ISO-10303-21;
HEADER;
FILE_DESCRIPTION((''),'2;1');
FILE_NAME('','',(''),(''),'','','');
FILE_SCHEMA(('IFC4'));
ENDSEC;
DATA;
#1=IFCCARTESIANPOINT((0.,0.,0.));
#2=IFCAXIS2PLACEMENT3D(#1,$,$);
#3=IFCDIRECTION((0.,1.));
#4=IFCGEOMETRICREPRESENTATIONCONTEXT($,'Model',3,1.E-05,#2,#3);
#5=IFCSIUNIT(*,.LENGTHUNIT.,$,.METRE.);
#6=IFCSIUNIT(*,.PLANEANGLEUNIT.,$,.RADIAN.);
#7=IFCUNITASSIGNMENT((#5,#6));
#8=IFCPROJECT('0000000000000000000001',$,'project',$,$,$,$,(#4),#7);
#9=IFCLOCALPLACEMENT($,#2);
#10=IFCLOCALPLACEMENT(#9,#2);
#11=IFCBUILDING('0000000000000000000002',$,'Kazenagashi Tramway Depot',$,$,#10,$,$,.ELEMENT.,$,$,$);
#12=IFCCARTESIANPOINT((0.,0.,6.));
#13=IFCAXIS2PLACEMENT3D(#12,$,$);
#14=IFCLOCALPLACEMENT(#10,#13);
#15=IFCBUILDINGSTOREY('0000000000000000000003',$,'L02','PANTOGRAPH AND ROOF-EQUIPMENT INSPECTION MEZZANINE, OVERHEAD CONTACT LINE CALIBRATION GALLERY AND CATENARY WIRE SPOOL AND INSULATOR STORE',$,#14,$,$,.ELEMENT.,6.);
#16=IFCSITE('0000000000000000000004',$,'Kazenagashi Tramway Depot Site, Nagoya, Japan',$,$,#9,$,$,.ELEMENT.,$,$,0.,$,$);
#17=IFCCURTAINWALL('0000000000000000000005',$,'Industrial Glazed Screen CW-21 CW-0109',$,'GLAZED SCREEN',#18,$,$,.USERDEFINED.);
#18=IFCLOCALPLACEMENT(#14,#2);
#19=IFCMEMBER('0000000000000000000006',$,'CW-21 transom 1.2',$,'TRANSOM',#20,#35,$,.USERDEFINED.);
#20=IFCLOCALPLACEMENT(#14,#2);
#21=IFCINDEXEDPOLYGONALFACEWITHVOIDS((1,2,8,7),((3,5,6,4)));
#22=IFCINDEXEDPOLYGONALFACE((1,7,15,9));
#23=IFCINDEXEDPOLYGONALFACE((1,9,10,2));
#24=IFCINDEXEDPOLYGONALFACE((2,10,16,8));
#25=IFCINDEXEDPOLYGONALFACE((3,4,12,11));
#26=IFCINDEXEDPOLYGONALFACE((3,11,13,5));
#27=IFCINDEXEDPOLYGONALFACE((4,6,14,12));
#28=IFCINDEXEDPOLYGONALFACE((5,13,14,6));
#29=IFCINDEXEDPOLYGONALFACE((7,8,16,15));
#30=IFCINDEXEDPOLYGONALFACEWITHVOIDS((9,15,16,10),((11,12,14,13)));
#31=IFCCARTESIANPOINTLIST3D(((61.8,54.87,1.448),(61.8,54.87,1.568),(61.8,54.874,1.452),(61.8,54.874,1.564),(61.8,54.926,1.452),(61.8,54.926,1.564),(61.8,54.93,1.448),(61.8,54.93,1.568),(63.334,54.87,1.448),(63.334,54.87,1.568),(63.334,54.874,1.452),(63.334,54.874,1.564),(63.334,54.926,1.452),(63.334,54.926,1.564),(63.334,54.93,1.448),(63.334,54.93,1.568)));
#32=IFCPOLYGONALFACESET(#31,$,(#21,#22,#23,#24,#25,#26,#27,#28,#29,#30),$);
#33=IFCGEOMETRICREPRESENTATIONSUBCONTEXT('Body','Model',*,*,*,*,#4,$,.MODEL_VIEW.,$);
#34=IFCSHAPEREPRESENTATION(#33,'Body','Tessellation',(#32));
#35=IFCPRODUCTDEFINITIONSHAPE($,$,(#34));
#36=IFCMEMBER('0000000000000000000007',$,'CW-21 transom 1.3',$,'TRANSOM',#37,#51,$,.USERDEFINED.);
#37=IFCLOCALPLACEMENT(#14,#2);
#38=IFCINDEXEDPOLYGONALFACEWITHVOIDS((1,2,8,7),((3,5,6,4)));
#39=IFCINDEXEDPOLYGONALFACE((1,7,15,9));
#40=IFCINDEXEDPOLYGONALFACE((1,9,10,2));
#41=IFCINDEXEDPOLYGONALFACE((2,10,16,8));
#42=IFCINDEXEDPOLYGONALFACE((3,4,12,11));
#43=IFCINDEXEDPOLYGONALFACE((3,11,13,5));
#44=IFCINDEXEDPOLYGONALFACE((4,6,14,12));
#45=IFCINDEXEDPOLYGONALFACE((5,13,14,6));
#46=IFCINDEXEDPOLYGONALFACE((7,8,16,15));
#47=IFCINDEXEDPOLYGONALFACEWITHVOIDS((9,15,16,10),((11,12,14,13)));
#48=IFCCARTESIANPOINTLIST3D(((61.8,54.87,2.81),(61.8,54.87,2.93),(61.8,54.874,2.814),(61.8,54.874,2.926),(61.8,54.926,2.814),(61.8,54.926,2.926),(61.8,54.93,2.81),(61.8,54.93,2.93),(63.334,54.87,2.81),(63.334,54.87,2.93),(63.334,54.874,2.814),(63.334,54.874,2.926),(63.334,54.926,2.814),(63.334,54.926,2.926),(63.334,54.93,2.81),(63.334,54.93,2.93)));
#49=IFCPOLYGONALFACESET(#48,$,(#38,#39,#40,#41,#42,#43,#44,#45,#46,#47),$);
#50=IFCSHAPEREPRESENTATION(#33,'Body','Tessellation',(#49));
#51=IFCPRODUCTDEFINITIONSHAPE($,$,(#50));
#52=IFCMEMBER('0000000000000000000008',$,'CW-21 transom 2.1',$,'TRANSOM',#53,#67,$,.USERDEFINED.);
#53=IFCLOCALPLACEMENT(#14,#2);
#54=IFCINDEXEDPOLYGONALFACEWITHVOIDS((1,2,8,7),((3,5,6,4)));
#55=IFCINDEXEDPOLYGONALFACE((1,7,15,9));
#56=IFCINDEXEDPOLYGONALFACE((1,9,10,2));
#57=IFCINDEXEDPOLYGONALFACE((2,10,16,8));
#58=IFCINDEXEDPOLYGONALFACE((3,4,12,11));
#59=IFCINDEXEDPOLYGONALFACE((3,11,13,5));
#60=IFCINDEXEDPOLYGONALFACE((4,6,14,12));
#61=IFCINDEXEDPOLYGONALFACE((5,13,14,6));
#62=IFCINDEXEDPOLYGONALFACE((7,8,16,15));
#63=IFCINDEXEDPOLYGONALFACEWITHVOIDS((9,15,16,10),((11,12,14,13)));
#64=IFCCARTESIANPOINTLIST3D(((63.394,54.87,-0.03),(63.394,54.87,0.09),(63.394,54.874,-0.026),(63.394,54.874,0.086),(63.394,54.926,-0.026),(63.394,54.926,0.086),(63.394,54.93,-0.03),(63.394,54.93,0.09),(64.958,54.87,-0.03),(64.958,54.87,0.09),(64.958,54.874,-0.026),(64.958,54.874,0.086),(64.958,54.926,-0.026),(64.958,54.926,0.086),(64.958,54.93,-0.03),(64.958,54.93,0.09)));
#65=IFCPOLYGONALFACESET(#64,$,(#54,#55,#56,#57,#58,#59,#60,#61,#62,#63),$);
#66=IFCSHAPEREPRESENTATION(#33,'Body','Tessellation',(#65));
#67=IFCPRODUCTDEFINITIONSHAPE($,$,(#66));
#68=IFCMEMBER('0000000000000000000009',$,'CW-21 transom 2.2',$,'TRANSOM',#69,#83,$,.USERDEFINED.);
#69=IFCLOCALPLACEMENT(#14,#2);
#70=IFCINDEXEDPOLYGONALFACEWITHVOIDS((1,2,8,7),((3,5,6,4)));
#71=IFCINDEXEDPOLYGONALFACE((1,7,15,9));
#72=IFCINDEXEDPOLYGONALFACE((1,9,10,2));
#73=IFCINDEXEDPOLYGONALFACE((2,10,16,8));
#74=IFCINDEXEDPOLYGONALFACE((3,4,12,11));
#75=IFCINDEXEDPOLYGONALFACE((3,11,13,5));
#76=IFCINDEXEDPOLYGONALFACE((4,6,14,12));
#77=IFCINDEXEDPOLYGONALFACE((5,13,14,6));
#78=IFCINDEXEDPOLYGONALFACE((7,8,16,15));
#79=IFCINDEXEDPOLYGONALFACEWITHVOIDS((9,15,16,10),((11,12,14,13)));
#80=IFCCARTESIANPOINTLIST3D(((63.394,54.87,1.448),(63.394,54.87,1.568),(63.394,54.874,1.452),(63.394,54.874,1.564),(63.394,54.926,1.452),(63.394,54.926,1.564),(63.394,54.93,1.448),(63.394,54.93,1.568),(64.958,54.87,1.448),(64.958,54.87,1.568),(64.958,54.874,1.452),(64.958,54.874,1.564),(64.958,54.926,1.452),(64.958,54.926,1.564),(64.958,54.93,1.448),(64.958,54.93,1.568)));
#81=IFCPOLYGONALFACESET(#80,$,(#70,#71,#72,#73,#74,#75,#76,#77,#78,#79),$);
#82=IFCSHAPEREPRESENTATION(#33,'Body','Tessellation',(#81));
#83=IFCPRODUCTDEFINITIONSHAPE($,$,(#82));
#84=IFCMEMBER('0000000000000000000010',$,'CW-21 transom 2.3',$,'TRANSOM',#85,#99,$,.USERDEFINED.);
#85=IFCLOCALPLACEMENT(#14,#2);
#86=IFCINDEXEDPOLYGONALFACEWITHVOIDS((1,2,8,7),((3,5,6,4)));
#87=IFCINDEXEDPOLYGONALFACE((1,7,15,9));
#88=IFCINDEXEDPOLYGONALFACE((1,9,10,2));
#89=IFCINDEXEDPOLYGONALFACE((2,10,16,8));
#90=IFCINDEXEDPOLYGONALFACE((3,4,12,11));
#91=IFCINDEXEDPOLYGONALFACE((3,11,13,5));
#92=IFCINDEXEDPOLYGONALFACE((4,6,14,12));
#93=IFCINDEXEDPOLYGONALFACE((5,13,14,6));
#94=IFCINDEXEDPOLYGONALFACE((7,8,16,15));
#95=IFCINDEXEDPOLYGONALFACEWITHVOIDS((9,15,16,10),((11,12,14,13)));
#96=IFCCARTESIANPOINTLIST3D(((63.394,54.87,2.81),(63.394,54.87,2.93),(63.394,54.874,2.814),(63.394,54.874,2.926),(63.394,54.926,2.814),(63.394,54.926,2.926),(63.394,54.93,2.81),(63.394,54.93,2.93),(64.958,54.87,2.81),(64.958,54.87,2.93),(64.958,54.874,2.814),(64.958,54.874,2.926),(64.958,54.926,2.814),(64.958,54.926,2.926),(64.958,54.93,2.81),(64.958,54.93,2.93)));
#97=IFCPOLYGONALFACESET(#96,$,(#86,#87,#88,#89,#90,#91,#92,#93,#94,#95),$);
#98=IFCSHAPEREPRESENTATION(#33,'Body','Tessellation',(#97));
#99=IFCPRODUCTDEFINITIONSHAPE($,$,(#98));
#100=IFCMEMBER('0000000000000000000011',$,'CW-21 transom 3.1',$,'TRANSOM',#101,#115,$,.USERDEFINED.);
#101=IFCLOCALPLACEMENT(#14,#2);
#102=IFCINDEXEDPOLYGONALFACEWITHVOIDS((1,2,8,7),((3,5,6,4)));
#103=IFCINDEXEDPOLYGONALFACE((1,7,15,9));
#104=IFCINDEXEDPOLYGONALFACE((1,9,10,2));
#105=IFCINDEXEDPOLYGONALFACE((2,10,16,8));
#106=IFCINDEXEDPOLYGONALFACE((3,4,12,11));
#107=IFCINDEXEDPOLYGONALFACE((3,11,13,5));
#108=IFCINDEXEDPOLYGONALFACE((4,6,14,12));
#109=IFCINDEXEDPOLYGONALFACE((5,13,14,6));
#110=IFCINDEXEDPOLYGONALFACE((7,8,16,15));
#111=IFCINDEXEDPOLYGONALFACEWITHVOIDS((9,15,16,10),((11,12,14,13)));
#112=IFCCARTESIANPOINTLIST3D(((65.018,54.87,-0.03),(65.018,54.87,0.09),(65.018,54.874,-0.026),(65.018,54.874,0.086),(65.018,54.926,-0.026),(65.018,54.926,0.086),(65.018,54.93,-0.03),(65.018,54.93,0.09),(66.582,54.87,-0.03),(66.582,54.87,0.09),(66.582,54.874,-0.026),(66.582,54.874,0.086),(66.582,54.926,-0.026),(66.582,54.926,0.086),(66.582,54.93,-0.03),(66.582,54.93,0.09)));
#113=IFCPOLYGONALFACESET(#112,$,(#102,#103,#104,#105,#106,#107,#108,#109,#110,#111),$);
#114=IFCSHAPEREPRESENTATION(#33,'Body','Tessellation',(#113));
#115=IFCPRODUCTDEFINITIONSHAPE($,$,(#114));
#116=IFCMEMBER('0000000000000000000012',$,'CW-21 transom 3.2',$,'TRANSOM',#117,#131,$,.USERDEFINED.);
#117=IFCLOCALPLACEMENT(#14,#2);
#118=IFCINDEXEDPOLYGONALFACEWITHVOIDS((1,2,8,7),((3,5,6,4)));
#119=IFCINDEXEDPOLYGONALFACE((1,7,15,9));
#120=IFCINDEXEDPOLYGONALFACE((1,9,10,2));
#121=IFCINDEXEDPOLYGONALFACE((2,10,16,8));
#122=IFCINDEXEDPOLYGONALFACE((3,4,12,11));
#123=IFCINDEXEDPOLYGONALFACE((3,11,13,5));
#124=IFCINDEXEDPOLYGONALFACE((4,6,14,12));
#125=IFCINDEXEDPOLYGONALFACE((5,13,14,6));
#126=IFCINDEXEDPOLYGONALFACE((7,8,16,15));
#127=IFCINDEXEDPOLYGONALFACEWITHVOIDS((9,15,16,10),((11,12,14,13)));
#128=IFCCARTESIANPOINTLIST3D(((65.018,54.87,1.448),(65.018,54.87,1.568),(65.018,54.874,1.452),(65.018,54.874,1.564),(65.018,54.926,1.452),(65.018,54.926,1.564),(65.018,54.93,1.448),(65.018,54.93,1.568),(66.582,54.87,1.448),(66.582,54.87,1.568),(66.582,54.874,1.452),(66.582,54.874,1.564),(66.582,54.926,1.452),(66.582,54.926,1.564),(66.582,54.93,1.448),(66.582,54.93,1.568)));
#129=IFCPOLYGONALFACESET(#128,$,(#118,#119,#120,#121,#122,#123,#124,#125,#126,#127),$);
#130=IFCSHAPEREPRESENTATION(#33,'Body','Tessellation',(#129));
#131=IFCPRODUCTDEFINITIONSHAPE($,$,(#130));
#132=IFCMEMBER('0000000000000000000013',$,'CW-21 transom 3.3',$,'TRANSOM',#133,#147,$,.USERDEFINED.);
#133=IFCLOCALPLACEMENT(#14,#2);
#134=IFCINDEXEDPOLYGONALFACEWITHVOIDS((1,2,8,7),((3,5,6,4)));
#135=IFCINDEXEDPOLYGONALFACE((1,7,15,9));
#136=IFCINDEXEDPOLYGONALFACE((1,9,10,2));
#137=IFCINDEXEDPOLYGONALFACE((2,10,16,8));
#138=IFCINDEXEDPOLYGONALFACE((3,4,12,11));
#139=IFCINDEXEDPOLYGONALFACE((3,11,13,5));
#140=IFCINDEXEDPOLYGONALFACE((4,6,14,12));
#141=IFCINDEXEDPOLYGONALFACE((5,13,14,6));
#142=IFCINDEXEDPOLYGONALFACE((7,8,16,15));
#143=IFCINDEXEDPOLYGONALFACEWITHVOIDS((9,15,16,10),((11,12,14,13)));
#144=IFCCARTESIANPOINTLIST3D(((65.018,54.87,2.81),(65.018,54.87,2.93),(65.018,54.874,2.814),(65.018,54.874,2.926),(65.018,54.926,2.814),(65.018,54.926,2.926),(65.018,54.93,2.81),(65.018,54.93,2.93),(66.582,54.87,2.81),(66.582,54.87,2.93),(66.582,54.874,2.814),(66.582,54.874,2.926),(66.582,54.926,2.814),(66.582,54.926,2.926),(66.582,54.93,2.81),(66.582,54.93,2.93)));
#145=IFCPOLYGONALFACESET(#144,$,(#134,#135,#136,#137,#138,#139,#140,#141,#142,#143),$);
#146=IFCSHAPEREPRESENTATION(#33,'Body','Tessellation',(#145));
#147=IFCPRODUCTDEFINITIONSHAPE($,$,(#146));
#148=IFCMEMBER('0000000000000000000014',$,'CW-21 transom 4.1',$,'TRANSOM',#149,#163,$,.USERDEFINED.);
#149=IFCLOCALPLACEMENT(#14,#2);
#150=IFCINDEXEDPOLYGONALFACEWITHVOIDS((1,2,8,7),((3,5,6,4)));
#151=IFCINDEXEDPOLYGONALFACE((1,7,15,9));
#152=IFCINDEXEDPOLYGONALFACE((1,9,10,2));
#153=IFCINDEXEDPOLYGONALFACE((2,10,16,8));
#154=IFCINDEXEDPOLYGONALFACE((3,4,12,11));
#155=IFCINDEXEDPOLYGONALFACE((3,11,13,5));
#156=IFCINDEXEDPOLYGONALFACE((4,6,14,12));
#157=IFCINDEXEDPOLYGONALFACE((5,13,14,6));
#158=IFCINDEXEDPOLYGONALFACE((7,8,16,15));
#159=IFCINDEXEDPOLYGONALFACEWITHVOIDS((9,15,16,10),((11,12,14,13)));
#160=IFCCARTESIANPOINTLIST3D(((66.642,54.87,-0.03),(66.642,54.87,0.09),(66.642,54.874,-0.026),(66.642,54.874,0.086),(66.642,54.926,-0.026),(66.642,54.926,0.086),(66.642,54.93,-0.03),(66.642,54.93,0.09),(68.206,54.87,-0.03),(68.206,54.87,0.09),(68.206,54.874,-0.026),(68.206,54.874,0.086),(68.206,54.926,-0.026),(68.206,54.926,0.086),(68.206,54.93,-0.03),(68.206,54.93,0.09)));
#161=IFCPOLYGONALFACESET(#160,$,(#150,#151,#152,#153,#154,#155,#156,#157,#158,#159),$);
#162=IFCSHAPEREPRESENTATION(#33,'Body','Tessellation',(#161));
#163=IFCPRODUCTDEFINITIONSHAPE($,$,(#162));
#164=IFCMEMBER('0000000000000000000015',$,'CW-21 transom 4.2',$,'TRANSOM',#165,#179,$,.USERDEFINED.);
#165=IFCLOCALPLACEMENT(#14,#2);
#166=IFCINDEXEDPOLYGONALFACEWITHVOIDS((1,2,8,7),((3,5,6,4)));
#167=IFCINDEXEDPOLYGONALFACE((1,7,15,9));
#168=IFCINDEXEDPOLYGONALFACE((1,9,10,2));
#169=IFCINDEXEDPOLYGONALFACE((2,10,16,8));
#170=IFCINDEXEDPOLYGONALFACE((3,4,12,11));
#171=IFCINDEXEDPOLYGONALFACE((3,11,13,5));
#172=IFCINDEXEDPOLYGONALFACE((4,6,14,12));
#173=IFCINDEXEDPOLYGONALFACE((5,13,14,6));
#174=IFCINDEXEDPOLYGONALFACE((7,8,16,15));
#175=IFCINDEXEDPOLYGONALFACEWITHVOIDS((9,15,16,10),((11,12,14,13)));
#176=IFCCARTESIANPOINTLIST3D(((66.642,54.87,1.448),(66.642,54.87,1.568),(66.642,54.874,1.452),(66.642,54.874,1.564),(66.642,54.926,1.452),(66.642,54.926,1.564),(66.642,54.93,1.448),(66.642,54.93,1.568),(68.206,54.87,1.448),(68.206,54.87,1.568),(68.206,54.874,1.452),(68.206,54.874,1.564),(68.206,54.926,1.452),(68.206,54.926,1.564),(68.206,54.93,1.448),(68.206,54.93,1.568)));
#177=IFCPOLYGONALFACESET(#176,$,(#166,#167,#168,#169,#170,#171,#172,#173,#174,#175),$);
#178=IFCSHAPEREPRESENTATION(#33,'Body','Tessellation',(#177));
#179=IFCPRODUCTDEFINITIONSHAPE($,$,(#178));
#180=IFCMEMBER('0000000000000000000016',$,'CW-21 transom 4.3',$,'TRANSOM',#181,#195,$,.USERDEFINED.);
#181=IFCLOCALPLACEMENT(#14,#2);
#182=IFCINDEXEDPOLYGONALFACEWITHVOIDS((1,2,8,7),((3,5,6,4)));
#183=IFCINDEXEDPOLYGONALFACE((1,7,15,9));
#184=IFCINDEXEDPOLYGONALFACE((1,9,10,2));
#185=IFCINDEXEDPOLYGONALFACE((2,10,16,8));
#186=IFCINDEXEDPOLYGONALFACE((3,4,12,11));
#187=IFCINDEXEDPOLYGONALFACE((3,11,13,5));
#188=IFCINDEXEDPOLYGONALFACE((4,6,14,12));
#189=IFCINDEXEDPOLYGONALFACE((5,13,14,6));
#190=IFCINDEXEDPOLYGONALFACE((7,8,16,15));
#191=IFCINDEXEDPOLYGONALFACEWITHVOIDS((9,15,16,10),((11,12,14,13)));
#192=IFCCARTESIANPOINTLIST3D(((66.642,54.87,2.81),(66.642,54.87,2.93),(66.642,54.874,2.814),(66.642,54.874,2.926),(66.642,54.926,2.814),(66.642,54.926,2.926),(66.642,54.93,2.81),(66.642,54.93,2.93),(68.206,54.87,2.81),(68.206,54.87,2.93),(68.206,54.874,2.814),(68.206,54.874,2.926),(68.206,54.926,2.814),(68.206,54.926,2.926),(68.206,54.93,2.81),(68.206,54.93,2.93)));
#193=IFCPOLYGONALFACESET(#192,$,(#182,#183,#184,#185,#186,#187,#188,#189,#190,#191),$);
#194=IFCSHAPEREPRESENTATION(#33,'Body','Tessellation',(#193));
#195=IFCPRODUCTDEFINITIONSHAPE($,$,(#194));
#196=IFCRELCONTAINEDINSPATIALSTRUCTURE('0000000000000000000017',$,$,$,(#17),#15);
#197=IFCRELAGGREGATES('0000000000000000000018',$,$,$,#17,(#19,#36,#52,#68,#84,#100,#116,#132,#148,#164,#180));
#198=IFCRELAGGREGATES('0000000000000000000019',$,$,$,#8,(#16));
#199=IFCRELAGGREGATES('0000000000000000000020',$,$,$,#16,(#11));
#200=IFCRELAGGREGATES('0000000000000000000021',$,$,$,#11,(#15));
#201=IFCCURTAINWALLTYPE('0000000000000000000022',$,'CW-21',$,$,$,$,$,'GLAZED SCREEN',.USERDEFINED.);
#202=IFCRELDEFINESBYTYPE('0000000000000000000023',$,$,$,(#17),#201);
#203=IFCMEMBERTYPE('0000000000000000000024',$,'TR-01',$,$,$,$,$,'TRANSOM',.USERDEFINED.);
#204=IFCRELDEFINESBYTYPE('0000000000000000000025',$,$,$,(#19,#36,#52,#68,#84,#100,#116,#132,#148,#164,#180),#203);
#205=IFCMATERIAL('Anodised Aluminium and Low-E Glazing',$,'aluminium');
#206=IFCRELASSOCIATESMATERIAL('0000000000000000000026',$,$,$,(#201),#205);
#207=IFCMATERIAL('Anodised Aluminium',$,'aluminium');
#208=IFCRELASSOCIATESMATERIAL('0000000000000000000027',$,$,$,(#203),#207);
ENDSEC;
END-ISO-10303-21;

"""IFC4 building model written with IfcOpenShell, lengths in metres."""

from ifc_helpers import new_model, si_unit, direction, frame, origin, origin_2d, place, context, subcontext, project, spatial, hollow_rectangle, extrude, material, material_profile, profile_set, type_object, element, aggregate, save


model = new_model("IFC4")

# Units and contexts
model_context = context("Model", 3, precision=1e-05, world=origin(), true_north=direction((0.0, 1.0)))
body_context = subcontext(model_context, "Body", "Model", "MODEL_VIEW")
ifc_project = project(units=[si_unit("LENGTHUNIT", "METRE"), si_unit("PLANEANGLEUNIT", "RADIAN")], contexts=[model_context])

# Site, building, storey
site_placement = place(None, origin())
site = spatial("IfcSite", under=ifc_project, at=site_placement, Name="Kazenagashi Tramway Depot Site, Nagoya, Japan", CompositionType="ELEMENT", RefElevation=0.0)
building_placement = place(site_placement, origin())
building = spatial("IfcBuilding", under=site, at=building_placement, Name="Kazenagashi Tramway Depot", CompositionType="ELEMENT")
storey_placement = place(building_placement, frame((0.0, 0.0, 6.0)))
storey = spatial("IfcBuildingStorey", under=building, at=storey_placement, Name="L02", Description="PANTOGRAPH AND ROOF-EQUIPMENT INSPECTION MEZZANINE, OVERHEAD CONTACT LINE CALIBRATION GALLERY AND CATENARY WIRE SPOOL AND INSULATOR STORE", CompositionType="ELEMENT", Elevation=6.0)

# Curtain wall, members
ifc_material_1 = material(Name="Anodised Aluminium and Low-E Glazing", Category="aluminium")
curtain_wall_type = type_object("IfcCurtainWallType", Name="CW-21", ElementType="GLAZED SCREEN", PredefinedType="USERDEFINED", material=ifc_material_1)
curtain_wall_placement = place(storey_placement, origin())
curtain_wall = element("IfcCurtainWall", 1, at=curtain_wall_placement, inside=storey, type_object=curtain_wall_type, Name="Industrial Glazed Screen CW-21 CW-0109", ObjectType="GLAZED SCREEN", PredefinedType="USERDEFINED")
ifc_material_2 = material(Name="Anodised Aluminium", Category="aluminium")
ifc_material_profile_1 = material_profile(ifc_material_2, hollow_rectangle(XDim=0.06, YDim=0.12, WallThickness=0.004, at=origin_2d()), Name="RHS-120x60x4")
ifc_profile_set_1 = profile_set([ifc_material_profile_1], Name="Anodised Aluminium")
member_type_1 = type_object("IfcMemberType", Name="TR-01", ElementType="TRANSOM", PredefinedType="USERDEFINED", material=ifc_profile_set_1)
member_1_placement = place(storey_placement, frame((61.8, 54.9, 1.508), z_axis=(1.0, 0.0, 0.0), x_axis=(0.0, 1.0, 0.0)))
member_1 = element("IfcMember", 2, at=member_1_placement, type_object=member_type_1, Name="CW-21 transom 1.2", ObjectType="TRANSOM", PredefinedType="USERDEFINED", context=body_context, shape_type="SweptSolid", body=[
    extrude(hollow_rectangle(XDim=0.06, YDim=0.12, WallThickness=0.004, at=origin_2d()), origin(), (0.0, 0.0, 1.0), 1.534),
])
member_2_placement = place(storey_placement, frame((61.8, 54.9, 2.87), z_axis=(1.0, 0.0, 0.0), x_axis=(0.0, 1.0, 0.0)))
member_2 = element("IfcMember", 3, at=member_2_placement, type_object=member_type_1, Name="CW-21 transom 1.3", ObjectType="TRANSOM", PredefinedType="USERDEFINED", context=body_context, shape_type="SweptSolid", body=[
    extrude(hollow_rectangle(XDim=0.06, YDim=0.12, WallThickness=0.004, at=origin_2d()), origin(), (0.0, 0.0, 1.0), 1.534),
])
member_3_placement = place(storey_placement, frame((63.394, 54.9, 0.03), z_axis=(1.0, 0.0, 0.0), x_axis=(0.0, 1.0, 0.0)))
member_3 = element("IfcMember", 4, at=member_3_placement, type_object=member_type_1, Name="CW-21 transom 2.1", ObjectType="TRANSOM", PredefinedType="USERDEFINED", context=body_context, shape_type="SweptSolid", body=[
    extrude(hollow_rectangle(XDim=0.06, YDim=0.12, WallThickness=0.004, at=origin_2d()), origin(), (0.0, 0.0, 1.0), 1.564),
])
member_4_placement = place(storey_placement, frame((63.394, 54.9, 1.508), z_axis=(1.0, 0.0, 0.0), x_axis=(0.0, 1.0, 0.0)))
member_4 = element("IfcMember", 5, at=member_4_placement, type_object=member_type_1, Name="CW-21 transom 2.2", ObjectType="TRANSOM", PredefinedType="USERDEFINED", context=body_context, shape_type="SweptSolid", body=[
    extrude(hollow_rectangle(XDim=0.06, YDim=0.12, WallThickness=0.004, at=origin_2d()), origin(), (0.0, 0.0, 1.0), 1.564),
])
member_5_placement = place(storey_placement, frame((63.394, 54.9, 2.87), z_axis=(1.0, 0.0, 0.0), x_axis=(0.0, 1.0, 0.0)))
member_5 = element("IfcMember", 6, at=member_5_placement, type_object=member_type_1, Name="CW-21 transom 2.3", ObjectType="TRANSOM", PredefinedType="USERDEFINED", context=body_context, shape_type="SweptSolid", body=[
    extrude(hollow_rectangle(XDim=0.06, YDim=0.12, WallThickness=0.004, at=origin_2d()), origin(), (0.0, 0.0, 1.0), 1.564),
])
member_6_placement = place(storey_placement, frame((65.018, 54.9, 0.03), z_axis=(1.0, 0.0, 0.0), x_axis=(0.0, 1.0, 0.0)))
member_6 = element("IfcMember", 7, at=member_6_placement, type_object=member_type_1, Name="CW-21 transom 3.1", ObjectType="TRANSOM", PredefinedType="USERDEFINED", context=body_context, shape_type="SweptSolid", body=[
    extrude(hollow_rectangle(XDim=0.06, YDim=0.12, WallThickness=0.004, at=origin_2d()), origin(), (0.0, 0.0, 1.0), 1.564),
])
member_7_placement = place(storey_placement, frame((65.018, 54.9, 1.508), z_axis=(1.0, 0.0, 0.0), x_axis=(0.0, 1.0, 0.0)))
member_7 = element("IfcMember", 8, at=member_7_placement, type_object=member_type_1, Name="CW-21 transom 3.2", ObjectType="TRANSOM", PredefinedType="USERDEFINED", context=body_context, shape_type="SweptSolid", body=[
    extrude(hollow_rectangle(XDim=0.06, YDim=0.12, WallThickness=0.004, at=origin_2d()), origin(), (0.0, 0.0, 1.0), 1.564),
])
member_8_placement = place(storey_placement, frame((65.018, 54.9, 2.87), z_axis=(1.0, 0.0, 0.0), x_axis=(0.0, 1.0, 0.0)))
member_8 = element("IfcMember", 9, at=member_8_placement, type_object=member_type_1, Name="CW-21 transom 3.3", ObjectType="TRANSOM", PredefinedType="USERDEFINED", context=body_context, shape_type="SweptSolid", body=[
    extrude(hollow_rectangle(XDim=0.06, YDim=0.12, WallThickness=0.004, at=origin_2d()), origin(), (0.0, 0.0, 1.0), 1.564),
])
member_9_placement = place(storey_placement, frame((66.642, 54.9, 0.03), z_axis=(1.0, 0.0, 0.0), x_axis=(0.0, 1.0, 0.0)))
member_9 = element("IfcMember", 10, at=member_9_placement, type_object=member_type_1, Name="CW-21 transom 4.1", ObjectType="TRANSOM", PredefinedType="USERDEFINED", context=body_context, shape_type="SweptSolid", body=[
    extrude(hollow_rectangle(XDim=0.06, YDim=0.12, WallThickness=0.004, at=origin_2d()), origin(), (0.0, 0.0, 1.0), 1.564),
])
member_10_placement = place(storey_placement, frame((66.642, 54.9, 1.508), z_axis=(1.0, 0.0, 0.0), x_axis=(0.0, 1.0, 0.0)))
member_10 = element("IfcMember", 11, at=member_10_placement, type_object=member_type_1, Name="CW-21 transom 4.2", ObjectType="TRANSOM", PredefinedType="USERDEFINED", context=body_context, shape_type="SweptSolid", body=[
    extrude(hollow_rectangle(XDim=0.06, YDim=0.12, WallThickness=0.004, at=origin_2d()), origin(), (0.0, 0.0, 1.0), 1.564),
])
member_11_placement = place(storey_placement, frame((66.642, 54.9, 2.87), z_axis=(1.0, 0.0, 0.0), x_axis=(0.0, 1.0, 0.0)))
member_11 = element("IfcMember", 12, at=member_11_placement, type_object=member_type_1, Name="CW-21 transom 4.3", ObjectType="TRANSOM", PredefinedType="USERDEFINED", context=body_context, shape_type="SweptSolid", body=[
    extrude(hollow_rectangle(XDim=0.06, YDim=0.12, WallThickness=0.004, at=origin_2d()), origin(), (0.0, 0.0, 1.0), 1.564),
])
aggregate(curtain_wall, [member_1, member_2, member_3, member_4, member_5, member_6, member_7, member_8, member_9, member_10, member_11])

save(model, "model.ifc")
